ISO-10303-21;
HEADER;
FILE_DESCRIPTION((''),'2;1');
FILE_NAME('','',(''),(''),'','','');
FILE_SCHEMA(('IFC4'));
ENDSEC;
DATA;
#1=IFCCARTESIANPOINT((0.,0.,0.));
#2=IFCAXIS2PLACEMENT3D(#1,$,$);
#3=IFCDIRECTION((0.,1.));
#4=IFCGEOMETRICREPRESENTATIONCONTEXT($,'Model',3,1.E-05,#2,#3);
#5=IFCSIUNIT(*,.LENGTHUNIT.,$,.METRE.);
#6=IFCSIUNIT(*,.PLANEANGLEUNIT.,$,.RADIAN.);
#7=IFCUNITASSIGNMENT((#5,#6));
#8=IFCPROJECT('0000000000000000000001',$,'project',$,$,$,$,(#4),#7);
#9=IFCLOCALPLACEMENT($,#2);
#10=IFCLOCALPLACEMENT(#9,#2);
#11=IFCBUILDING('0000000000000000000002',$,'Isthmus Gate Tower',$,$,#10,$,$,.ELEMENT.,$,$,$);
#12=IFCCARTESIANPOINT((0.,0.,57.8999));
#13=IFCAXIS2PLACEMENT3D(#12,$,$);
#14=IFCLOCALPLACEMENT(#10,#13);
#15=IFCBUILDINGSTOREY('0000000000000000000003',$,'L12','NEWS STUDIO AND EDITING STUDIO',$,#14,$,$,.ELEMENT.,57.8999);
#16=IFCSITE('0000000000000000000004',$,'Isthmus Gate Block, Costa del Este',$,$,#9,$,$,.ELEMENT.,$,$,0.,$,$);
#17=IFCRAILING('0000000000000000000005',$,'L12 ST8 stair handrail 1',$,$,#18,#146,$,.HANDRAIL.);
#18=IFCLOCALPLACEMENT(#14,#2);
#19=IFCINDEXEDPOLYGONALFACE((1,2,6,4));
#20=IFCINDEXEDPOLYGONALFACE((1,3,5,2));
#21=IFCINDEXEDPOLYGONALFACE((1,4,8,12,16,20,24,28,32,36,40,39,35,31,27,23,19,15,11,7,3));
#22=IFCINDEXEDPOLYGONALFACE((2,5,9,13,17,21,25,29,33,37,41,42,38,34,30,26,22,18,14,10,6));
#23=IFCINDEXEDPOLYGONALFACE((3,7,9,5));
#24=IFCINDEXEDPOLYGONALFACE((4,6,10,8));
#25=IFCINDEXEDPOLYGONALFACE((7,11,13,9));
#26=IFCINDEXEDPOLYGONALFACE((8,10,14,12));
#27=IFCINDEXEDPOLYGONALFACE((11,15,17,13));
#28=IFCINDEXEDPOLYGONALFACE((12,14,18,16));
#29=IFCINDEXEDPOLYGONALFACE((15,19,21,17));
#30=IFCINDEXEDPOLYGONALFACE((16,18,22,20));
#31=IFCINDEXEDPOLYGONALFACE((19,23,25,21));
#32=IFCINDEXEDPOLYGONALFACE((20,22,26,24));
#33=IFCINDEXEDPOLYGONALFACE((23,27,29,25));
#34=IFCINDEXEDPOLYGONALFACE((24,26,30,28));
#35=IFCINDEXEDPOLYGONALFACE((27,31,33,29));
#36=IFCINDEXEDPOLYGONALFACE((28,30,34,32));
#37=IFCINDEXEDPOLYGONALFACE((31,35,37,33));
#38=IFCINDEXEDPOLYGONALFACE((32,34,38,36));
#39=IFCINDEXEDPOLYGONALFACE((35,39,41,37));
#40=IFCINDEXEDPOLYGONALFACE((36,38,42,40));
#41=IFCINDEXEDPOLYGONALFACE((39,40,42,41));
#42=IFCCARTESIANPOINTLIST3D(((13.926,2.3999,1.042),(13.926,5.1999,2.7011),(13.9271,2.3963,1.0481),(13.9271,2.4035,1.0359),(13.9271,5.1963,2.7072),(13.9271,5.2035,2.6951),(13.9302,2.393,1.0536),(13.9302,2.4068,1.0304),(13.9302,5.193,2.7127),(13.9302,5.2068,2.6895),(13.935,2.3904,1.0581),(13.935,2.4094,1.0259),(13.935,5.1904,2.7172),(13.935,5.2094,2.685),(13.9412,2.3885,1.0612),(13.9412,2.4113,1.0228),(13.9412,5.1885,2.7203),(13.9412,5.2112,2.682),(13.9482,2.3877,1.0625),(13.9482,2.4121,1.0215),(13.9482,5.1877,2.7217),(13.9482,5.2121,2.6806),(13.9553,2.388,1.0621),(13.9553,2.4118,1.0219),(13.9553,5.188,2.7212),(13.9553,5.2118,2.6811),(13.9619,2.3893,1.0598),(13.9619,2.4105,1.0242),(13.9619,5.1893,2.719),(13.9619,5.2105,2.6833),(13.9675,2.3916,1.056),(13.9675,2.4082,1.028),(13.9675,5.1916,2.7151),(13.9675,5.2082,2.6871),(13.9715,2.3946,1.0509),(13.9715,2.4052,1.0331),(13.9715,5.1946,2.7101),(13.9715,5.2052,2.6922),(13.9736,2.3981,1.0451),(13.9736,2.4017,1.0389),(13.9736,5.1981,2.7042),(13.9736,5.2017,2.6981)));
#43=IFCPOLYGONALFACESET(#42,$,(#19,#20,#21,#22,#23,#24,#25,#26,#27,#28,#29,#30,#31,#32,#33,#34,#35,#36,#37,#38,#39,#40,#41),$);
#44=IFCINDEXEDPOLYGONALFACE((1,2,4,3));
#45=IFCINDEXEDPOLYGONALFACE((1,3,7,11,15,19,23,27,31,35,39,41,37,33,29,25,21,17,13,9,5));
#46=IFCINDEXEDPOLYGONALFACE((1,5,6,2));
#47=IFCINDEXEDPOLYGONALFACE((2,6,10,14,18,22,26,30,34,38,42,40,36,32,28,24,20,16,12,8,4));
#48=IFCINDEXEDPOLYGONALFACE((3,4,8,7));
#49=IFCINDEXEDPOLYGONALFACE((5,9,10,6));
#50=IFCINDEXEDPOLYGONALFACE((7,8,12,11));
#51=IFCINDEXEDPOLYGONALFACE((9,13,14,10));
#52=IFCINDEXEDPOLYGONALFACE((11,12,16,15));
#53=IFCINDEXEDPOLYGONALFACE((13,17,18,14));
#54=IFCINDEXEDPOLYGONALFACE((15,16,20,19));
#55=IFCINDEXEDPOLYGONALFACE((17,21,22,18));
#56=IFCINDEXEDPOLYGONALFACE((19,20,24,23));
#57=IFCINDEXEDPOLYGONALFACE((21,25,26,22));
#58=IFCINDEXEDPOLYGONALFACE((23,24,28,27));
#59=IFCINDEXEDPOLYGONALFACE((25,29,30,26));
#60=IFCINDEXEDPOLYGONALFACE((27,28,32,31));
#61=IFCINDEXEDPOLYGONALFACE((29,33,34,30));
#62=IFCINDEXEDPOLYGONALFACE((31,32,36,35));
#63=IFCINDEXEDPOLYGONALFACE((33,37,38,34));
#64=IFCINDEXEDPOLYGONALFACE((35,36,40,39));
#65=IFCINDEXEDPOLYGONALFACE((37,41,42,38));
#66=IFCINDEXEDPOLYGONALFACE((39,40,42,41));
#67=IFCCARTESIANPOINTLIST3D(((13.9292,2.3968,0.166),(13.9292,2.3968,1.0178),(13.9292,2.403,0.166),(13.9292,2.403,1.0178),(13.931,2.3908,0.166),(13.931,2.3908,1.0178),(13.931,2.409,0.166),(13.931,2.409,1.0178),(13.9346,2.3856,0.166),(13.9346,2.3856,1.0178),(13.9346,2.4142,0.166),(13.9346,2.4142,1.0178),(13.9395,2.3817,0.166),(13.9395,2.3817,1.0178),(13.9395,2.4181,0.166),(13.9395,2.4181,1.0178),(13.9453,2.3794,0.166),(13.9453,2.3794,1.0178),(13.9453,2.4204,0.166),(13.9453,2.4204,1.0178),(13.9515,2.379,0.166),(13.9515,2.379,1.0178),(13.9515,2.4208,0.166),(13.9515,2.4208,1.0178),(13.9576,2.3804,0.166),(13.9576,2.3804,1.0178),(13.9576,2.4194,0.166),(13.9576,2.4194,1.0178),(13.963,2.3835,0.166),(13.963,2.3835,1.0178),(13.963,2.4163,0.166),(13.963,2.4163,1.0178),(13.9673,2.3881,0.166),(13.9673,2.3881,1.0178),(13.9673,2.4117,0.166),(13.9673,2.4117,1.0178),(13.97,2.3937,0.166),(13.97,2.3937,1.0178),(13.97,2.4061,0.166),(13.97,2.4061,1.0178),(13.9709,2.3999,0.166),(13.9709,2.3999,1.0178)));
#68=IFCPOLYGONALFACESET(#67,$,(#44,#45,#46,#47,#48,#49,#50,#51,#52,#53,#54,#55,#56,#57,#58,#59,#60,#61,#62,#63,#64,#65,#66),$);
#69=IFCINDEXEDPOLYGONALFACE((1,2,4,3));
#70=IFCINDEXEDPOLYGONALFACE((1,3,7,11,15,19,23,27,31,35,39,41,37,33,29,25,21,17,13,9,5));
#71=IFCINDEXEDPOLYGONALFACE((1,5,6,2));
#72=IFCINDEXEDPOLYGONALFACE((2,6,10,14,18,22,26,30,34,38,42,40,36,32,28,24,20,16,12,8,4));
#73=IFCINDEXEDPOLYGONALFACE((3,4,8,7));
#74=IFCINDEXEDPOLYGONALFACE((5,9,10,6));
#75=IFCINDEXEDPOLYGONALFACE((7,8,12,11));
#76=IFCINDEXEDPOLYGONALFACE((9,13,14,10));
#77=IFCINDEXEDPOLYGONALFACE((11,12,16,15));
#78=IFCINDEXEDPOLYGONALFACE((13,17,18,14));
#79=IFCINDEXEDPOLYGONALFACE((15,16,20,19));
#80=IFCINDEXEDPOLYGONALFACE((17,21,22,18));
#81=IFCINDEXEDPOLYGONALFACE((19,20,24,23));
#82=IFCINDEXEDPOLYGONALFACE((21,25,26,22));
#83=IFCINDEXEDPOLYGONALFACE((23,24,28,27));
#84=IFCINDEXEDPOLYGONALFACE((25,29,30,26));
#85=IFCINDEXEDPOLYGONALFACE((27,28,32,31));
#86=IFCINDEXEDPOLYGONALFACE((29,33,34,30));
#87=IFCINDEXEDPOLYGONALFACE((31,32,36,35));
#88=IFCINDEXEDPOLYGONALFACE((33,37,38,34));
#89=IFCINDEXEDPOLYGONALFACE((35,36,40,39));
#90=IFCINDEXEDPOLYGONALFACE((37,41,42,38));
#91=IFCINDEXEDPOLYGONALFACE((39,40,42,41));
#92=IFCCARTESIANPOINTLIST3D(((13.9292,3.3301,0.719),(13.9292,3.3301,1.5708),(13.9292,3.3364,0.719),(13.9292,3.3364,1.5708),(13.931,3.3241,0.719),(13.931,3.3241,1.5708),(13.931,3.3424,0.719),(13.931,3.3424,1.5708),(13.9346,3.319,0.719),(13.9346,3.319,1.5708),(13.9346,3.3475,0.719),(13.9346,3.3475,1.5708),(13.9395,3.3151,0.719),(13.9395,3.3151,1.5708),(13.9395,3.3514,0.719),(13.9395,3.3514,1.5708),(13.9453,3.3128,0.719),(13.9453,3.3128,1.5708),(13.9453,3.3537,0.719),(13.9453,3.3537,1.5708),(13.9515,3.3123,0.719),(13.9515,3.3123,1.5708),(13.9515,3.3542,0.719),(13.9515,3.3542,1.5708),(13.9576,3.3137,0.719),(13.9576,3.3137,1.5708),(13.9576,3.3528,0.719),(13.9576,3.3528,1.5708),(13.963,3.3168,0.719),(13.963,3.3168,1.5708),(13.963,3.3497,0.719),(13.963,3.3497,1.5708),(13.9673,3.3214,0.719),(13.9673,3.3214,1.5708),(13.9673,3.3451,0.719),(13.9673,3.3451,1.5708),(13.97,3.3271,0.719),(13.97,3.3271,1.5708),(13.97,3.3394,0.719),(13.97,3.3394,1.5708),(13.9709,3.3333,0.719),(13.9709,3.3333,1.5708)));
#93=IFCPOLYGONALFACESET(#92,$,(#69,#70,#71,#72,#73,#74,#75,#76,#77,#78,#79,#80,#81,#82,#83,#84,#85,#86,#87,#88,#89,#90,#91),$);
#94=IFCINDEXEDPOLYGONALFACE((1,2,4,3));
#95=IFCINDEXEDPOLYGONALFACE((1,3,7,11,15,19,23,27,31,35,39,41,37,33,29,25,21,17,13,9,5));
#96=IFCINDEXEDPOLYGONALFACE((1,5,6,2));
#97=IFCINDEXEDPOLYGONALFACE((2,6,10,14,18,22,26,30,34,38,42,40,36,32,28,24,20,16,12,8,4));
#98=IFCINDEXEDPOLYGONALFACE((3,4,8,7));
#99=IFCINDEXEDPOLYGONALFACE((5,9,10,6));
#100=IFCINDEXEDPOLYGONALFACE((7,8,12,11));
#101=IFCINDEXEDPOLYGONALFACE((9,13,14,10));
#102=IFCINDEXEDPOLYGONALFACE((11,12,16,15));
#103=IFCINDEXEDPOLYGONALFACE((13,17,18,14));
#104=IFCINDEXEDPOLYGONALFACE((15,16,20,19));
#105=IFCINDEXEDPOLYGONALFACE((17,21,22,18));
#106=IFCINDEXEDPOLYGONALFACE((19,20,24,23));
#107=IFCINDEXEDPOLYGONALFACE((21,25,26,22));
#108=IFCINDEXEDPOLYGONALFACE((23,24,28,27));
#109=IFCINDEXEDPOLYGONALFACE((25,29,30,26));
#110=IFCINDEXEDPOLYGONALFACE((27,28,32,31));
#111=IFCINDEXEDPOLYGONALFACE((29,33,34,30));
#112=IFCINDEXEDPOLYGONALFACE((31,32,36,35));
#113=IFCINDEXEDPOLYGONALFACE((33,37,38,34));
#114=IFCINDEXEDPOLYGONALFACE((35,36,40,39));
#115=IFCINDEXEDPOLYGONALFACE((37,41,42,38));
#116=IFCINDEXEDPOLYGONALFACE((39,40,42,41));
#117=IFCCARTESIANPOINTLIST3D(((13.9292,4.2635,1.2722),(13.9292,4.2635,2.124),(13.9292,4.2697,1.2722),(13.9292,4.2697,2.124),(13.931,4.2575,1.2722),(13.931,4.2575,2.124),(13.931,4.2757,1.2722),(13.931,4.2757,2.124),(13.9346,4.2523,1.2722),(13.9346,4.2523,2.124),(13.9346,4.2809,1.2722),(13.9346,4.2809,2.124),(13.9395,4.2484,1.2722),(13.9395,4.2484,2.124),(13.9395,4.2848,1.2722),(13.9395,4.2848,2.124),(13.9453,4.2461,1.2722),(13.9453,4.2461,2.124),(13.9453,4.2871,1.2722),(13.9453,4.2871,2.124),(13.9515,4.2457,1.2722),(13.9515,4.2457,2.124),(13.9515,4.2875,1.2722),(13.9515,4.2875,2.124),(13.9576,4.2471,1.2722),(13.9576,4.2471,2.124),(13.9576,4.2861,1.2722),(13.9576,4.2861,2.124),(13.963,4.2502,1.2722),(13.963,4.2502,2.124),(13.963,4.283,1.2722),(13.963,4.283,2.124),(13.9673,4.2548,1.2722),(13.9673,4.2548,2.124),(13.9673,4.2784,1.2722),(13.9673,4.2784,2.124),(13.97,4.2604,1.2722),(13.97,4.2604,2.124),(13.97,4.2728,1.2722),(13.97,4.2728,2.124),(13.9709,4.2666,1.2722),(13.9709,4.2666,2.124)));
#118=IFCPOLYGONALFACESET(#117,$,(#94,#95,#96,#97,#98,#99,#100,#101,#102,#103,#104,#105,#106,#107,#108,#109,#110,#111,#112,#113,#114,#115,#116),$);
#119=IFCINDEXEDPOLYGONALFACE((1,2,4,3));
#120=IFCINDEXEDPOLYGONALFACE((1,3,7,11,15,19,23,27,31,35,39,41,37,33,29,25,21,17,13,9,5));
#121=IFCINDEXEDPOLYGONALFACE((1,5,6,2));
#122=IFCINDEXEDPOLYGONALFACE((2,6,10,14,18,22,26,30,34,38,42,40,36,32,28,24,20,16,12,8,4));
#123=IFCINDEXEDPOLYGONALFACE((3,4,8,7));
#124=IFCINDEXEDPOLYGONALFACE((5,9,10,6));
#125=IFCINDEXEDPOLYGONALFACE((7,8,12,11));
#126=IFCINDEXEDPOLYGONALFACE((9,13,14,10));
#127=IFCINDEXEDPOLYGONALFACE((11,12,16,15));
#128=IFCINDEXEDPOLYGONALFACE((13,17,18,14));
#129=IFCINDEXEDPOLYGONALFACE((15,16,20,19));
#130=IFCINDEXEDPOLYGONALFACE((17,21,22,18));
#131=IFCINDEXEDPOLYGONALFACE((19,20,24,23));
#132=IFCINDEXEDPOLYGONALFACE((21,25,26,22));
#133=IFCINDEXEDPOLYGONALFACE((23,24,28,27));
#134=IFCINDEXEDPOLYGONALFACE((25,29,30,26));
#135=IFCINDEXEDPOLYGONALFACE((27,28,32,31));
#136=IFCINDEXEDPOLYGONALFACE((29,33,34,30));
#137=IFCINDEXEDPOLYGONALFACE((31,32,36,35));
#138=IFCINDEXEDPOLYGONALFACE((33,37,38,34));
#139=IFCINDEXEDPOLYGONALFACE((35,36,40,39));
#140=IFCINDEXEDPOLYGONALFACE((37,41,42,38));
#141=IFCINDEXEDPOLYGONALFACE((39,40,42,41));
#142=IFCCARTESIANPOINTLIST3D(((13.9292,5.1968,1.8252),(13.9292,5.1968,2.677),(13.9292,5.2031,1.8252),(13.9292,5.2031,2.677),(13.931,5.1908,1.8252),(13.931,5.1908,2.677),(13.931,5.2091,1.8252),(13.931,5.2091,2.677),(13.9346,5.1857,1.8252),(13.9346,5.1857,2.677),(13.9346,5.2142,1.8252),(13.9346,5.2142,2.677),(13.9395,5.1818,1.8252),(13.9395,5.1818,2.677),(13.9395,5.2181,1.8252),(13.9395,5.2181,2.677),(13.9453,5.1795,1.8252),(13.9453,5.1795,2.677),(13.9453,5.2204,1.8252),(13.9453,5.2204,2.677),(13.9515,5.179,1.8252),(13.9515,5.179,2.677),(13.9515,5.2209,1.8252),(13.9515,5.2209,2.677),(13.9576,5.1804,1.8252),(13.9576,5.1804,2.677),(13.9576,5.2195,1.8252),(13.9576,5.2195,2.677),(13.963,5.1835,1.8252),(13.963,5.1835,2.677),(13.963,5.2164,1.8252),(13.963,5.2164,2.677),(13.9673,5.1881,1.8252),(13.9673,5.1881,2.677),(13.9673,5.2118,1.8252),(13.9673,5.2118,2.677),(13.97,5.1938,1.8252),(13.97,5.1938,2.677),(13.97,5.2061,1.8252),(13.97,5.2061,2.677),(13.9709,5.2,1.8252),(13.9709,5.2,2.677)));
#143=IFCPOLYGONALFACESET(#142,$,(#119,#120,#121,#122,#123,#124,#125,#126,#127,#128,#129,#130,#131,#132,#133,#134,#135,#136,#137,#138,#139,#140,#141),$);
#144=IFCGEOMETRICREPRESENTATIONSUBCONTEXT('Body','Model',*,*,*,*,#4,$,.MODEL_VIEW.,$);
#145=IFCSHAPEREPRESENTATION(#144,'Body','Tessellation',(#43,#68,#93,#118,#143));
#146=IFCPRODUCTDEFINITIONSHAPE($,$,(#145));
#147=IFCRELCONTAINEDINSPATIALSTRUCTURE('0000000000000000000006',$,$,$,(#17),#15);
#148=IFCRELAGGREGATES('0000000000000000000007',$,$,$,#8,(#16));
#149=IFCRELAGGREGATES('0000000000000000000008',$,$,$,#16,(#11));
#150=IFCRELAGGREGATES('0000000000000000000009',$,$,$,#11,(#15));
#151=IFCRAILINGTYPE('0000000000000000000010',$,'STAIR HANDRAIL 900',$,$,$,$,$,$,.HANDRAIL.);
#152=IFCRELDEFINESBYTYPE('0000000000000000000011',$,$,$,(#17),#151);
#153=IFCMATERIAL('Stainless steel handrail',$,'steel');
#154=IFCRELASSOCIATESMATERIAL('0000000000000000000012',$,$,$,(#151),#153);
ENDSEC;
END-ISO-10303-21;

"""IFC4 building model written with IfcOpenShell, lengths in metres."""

from ifc_helpers import new_model, si_unit, direction, frame, origin, origin_2d, place, context, subcontext, project, spatial, circle, extrude, material, type_object, element, save


model = new_model("IFC4")

# Units and contexts
model_context = context("Model", 3, precision=1e-05, world=origin(), true_north=direction((0.0, 1.0)))
body_context = subcontext(model_context, "Body", "Model", "MODEL_VIEW")
ifc_project = project(units=[si_unit("LENGTHUNIT", "METRE"), si_unit("PLANEANGLEUNIT", "RADIAN")], contexts=[model_context])

# Site, building, storey
site_placement = place(None, origin())
site = spatial("IfcSite", under=ifc_project, at=site_placement, Name="Isthmus Gate Block, Costa del Este", CompositionType="ELEMENT", RefElevation=0.0)
building_placement = place(site_placement, origin())
building = spatial("IfcBuilding", under=site, at=building_placement, Name="Isthmus Gate Tower", CompositionType="ELEMENT")
storey_placement = place(building_placement, frame((0.0, 0.0, 57.8999)))
storey = spatial("IfcBuildingStorey", under=building, at=storey_placement, Name="L12", Description="NEWS STUDIO AND EDITING STUDIO", CompositionType="ELEMENT", Elevation=57.8999)

# Railing
ifc_material_1 = material(Name="Stainless steel handrail", Category="steel")
railing_type = type_object("IfcRailingType", Name="STAIR HANDRAIL 900", PredefinedType="HANDRAIL", material=ifc_material_1)
for number, where, name in (
    (1, (13.95, 2.3999, 0.166), "L12 ST8 stair handrail 1"),
):
    element("IfcRailing", number, at=place(storey_placement, frame(where)), inside=storey, type_object=railing_type, Name=name, PredefinedType="HANDRAIL", context=body_context, shape_type="SweptSolid", body=[
        extrude(circle(Radius=0.0239, at=origin_2d()), frame((0.0, 0.0, 0.876), z_axis=(0.0, 0.860306, 0.509778), x_axis=(-1.0, 0.0, 0.0)), (0.0, 0.0, 1.0), 3.2546),
        extrude(circle(Radius=0.021, at=origin_2d()), origin(), (0.0, 0.0, 1.0), 0.8518),
        extrude(circle(Radius=0.021, at=origin_2d()), frame((0.0, 0.9333, 0.553)), (0.0, 0.0, 1.0), 0.8518),
        extrude(circle(Radius=0.021, at=origin_2d()), frame((0.0, 1.8667, 1.1062)), (0.0, 0.0, 1.0), 0.8518),
        extrude(circle(Radius=0.021, at=origin_2d()), frame((0.0, 2.8, 1.6592)), (0.0, 0.0, 1.0), 0.8518),
    ])

save(model, "model.ifc")
